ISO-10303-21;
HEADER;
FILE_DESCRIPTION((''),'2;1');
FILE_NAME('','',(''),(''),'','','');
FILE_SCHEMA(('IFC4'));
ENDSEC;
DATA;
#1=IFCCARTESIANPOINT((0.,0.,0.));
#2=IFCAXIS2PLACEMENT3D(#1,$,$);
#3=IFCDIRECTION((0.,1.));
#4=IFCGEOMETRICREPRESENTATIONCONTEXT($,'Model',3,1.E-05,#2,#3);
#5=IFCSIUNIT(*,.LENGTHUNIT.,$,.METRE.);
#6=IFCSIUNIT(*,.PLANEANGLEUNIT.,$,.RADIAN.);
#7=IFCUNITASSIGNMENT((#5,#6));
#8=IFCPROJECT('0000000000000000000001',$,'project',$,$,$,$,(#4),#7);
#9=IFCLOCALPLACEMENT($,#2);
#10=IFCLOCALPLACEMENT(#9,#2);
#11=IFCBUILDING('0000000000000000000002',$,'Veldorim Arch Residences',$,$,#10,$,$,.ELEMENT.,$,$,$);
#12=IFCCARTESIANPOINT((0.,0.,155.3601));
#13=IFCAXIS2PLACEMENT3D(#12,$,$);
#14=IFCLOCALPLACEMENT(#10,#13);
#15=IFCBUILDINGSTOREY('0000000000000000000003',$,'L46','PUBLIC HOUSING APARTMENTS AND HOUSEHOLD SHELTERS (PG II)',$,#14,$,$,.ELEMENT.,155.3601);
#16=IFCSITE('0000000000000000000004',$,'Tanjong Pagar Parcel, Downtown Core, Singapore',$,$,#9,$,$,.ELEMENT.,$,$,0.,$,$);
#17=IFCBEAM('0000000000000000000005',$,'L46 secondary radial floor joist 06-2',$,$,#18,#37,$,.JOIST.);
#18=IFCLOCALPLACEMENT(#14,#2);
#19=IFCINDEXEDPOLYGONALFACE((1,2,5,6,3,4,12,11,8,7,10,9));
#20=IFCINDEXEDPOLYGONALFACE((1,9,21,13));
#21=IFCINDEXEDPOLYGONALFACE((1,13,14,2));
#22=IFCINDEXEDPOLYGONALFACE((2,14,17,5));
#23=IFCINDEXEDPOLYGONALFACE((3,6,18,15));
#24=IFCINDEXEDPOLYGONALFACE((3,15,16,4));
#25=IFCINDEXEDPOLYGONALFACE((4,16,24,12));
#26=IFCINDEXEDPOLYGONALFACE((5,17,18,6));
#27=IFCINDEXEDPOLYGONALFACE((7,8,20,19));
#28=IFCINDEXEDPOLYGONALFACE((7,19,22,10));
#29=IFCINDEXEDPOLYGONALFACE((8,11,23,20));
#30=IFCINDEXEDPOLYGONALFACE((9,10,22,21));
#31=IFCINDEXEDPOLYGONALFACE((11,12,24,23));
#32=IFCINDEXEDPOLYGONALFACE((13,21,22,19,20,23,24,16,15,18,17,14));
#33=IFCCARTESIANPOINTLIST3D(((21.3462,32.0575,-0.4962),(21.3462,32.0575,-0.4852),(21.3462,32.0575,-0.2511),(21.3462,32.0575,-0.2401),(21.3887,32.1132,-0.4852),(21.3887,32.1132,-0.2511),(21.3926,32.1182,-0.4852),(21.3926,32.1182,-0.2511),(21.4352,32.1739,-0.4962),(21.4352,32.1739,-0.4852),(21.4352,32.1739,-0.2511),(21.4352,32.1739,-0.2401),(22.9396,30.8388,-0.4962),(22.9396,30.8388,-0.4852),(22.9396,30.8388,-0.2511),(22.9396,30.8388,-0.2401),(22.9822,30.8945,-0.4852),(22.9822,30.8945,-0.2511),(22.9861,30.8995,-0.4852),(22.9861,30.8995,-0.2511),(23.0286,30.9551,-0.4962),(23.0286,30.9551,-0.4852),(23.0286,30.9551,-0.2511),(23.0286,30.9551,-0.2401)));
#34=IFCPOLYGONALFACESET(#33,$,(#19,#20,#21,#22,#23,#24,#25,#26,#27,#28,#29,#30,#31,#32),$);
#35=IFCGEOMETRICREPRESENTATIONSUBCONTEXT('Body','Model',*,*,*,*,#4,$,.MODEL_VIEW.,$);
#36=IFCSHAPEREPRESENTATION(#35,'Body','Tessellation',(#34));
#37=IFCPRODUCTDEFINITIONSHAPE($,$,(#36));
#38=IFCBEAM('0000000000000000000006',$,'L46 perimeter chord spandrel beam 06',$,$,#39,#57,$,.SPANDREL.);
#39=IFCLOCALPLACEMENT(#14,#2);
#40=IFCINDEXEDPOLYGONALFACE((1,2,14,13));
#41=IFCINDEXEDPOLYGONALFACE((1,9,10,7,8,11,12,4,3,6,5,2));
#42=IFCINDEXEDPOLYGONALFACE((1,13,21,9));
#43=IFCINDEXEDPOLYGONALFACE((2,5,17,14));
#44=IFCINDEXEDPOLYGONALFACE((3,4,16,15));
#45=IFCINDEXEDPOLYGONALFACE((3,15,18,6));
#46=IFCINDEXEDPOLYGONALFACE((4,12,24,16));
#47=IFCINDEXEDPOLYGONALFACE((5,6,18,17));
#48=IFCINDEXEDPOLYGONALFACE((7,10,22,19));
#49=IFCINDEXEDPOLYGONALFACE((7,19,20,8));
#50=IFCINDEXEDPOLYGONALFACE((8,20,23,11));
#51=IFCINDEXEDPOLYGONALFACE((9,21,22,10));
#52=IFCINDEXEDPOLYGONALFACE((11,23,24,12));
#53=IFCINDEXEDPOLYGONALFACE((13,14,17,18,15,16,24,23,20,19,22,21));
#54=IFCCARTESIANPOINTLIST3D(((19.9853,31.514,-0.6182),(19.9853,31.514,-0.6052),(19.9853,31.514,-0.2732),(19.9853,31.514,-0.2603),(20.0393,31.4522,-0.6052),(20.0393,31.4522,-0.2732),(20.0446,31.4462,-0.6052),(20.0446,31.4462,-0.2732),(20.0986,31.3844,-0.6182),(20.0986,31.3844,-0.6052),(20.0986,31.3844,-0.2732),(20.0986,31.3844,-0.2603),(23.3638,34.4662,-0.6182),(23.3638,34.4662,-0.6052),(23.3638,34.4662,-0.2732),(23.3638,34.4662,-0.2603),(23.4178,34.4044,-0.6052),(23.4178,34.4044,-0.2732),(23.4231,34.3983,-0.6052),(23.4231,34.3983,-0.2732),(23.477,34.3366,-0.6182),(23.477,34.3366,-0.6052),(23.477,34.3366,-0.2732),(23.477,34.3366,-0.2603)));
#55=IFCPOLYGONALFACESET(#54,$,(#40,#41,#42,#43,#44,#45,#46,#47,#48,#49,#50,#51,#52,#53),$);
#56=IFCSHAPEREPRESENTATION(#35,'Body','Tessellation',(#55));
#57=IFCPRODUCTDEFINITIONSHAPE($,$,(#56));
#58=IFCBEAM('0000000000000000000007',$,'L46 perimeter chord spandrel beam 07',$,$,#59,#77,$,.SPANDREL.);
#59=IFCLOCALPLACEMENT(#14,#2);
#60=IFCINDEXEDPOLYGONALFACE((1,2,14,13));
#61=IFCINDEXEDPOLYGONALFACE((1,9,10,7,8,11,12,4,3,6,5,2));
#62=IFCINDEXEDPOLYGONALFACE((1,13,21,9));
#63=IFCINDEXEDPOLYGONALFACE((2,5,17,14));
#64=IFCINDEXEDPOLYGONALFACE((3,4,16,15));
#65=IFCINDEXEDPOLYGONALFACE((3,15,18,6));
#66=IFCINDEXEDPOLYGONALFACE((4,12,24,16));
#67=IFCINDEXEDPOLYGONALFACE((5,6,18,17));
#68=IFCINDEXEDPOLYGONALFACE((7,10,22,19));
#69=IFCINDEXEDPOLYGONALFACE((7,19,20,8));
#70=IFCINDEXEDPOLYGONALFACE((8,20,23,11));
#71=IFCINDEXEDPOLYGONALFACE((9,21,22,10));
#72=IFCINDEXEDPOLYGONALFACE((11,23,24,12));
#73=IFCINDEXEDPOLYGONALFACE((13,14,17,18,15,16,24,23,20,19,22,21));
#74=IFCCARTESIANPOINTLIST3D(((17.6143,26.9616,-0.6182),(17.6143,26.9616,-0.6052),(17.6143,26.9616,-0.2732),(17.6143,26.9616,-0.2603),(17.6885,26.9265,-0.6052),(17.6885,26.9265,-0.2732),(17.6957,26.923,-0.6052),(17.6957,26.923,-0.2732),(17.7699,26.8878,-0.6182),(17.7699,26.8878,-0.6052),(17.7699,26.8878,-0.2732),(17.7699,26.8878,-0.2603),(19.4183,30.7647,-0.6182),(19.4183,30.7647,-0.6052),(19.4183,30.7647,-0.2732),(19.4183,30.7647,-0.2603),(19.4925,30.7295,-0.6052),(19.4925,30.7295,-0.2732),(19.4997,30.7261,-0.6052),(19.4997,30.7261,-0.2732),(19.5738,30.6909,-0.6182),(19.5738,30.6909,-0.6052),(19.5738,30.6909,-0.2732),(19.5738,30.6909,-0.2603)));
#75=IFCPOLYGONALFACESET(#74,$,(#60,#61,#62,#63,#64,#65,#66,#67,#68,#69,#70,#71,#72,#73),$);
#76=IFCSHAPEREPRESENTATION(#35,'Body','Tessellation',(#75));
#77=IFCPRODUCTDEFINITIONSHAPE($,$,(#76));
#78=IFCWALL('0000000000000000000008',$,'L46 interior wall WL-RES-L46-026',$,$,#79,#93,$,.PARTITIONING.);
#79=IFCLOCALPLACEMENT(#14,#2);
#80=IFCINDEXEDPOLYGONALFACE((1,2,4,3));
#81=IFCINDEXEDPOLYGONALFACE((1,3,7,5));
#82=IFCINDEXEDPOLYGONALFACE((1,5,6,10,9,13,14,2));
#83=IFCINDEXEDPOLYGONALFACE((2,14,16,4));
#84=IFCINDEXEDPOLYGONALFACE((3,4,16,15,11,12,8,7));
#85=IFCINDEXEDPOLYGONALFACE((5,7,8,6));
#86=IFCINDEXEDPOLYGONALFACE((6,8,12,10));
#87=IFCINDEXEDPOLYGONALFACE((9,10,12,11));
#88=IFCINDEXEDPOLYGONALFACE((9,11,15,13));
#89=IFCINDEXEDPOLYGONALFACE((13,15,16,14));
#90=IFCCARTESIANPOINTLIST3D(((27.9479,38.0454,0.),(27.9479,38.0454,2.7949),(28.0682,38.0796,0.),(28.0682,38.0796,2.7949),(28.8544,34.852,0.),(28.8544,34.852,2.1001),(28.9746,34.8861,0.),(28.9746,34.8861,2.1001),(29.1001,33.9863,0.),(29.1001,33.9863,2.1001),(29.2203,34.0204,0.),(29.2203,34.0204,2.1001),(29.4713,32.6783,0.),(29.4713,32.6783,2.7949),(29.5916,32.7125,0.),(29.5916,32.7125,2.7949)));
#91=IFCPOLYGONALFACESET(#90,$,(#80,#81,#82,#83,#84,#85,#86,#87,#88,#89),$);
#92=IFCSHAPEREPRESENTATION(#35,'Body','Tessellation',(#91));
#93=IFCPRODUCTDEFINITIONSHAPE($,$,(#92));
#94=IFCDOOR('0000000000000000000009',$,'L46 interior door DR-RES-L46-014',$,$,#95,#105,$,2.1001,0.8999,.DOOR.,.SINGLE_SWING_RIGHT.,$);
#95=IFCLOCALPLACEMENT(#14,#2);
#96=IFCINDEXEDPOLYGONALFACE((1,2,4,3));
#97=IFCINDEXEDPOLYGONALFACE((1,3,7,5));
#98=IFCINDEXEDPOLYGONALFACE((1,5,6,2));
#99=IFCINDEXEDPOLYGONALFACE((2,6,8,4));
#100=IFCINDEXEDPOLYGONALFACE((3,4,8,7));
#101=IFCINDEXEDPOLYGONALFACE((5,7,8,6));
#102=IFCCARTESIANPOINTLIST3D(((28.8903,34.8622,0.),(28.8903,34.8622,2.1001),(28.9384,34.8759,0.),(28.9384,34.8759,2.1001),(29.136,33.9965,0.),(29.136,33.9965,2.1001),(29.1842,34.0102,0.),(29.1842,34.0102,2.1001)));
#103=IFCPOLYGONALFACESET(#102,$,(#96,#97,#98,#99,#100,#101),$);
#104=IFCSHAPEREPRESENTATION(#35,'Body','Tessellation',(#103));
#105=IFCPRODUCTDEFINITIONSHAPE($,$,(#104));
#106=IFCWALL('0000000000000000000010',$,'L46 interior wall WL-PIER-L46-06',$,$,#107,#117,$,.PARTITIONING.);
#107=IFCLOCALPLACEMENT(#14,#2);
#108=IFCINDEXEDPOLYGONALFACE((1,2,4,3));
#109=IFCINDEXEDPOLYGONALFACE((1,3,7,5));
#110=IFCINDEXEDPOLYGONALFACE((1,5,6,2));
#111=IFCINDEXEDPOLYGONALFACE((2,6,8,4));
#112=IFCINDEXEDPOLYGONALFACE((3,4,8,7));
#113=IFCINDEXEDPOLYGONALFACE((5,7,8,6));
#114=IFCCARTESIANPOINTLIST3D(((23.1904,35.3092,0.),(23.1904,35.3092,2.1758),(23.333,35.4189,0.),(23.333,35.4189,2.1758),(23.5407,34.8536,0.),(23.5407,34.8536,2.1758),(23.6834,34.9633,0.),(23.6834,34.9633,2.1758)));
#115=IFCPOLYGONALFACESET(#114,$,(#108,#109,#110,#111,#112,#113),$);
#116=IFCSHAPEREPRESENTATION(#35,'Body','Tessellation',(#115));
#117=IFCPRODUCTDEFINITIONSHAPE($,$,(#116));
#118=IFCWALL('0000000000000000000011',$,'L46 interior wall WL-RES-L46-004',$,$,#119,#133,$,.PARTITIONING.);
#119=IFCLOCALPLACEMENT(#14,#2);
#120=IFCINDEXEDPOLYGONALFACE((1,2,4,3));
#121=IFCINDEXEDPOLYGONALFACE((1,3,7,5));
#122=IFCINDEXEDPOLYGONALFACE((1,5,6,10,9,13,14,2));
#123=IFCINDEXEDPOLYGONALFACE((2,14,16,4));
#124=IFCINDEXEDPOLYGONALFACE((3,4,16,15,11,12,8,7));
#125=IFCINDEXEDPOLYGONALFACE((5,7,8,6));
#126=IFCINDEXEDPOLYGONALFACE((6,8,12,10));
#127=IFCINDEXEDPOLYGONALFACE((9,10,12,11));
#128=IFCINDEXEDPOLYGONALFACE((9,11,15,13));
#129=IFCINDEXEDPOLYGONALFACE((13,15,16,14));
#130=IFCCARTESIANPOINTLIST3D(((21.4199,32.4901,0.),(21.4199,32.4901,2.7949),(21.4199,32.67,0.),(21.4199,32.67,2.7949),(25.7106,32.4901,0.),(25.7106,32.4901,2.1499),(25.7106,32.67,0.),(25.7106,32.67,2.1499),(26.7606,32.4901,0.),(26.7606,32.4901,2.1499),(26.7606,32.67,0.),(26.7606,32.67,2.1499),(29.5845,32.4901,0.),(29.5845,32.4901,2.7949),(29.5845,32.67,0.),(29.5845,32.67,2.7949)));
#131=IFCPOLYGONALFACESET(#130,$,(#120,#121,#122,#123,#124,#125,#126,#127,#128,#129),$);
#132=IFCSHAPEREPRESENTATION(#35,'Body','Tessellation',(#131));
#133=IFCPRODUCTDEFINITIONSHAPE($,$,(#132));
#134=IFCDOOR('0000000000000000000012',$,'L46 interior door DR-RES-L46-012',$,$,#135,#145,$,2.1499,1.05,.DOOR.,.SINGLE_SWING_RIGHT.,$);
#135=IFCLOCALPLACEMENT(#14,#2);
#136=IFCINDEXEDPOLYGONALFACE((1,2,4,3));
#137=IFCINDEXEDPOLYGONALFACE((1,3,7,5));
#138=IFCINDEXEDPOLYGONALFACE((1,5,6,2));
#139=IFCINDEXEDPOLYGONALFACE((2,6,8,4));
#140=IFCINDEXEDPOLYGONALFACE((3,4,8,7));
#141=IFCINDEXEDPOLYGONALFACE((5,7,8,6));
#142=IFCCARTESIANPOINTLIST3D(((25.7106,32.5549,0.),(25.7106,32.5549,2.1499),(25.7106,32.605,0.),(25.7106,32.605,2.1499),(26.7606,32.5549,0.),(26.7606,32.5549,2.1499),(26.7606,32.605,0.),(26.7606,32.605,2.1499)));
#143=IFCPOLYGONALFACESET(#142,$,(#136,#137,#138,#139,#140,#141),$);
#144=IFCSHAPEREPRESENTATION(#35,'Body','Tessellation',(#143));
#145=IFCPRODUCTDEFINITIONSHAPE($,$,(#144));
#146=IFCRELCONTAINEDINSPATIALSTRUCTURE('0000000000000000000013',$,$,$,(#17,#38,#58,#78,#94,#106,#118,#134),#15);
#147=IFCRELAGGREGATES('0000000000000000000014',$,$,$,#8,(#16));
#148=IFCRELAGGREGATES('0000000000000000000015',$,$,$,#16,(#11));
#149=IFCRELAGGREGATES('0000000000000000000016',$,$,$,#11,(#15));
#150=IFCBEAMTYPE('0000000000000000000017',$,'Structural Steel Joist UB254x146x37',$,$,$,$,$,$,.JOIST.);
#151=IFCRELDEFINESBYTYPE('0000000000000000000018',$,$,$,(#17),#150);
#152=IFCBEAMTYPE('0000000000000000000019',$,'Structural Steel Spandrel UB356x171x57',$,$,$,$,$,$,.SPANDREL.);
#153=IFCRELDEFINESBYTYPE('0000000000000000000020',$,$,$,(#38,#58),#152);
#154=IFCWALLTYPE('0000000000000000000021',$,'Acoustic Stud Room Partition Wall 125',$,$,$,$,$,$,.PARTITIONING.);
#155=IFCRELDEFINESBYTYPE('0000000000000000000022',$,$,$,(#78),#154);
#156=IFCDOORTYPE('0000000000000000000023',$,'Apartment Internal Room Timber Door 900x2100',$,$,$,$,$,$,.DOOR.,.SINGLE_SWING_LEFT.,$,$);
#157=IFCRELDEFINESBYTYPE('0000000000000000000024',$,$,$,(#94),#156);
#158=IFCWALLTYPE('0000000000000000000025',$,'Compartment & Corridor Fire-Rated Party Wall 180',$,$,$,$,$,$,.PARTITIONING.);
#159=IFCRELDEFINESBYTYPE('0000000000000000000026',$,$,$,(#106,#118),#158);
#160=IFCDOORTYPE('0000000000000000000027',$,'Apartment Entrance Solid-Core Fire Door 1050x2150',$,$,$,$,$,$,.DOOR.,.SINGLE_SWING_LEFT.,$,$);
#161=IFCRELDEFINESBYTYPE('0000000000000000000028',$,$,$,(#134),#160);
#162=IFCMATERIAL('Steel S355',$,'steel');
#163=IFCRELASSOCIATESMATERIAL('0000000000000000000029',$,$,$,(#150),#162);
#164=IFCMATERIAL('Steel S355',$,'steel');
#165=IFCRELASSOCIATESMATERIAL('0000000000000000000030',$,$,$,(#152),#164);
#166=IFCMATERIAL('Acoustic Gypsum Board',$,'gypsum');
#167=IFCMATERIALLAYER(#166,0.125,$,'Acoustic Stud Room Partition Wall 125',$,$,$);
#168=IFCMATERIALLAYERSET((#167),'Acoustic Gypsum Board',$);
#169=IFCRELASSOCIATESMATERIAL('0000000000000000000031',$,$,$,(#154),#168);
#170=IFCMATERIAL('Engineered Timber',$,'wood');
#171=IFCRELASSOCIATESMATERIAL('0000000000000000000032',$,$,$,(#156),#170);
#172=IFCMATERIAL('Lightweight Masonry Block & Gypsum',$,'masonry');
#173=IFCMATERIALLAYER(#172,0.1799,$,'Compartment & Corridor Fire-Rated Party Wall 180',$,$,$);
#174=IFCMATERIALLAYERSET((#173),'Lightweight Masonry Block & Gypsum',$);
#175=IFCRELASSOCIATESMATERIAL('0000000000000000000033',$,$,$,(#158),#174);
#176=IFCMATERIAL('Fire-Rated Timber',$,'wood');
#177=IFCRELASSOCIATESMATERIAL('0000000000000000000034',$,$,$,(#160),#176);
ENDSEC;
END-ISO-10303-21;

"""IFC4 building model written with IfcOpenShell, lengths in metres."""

from ifc_helpers import new_model, si_unit, direction, frame, frame_2d, origin, origin_2d, place, context, subcontext, project, spatial, rectangle, i_section, extrude, material, layer, layer_set, material_profile, profile_set, type_object, element, fill, save


model = new_model("IFC4")

# Units and contexts
model_context = context("Model", 3, precision=1e-05, world=origin(), true_north=direction((0.0, 1.0)))
body_context = subcontext(model_context, "Body", "Model", "MODEL_VIEW")
ifc_project = project(units=[si_unit("LENGTHUNIT", "METRE"), si_unit("PLANEANGLEUNIT", "RADIAN")], contexts=[model_context])

# Site, building, storey
site_placement = place(None, origin())
site = spatial("IfcSite", under=ifc_project, at=site_placement, Name="Tanjong Pagar Parcel, Downtown Core, Singapore", CompositionType="ELEMENT", RefElevation=0.0)
building_placement = place(site_placement, origin())
building = spatial("IfcBuilding", under=site, at=building_placement, Name="Veldorim Arch Residences", CompositionType="ELEMENT")
storey_placement = place(building_placement, frame((0.0, 0.0, 155.3601)))
storey = spatial("IfcBuildingStorey", under=building, at=storey_placement, Name="L46", Description="PUBLIC HOUSING APARTMENTS AND HOUSEHOLD SHELTERS (PG II)", CompositionType="ELEMENT", Elevation=155.3601)

# Beams
ifc_material_1 = material(Name="Steel S355", Category="steel")
ifc_material_profile_1 = material_profile(ifc_material_1, i_section(OverallWidth=0.1465, OverallDepth=0.2561, WebThickness=0.0063, FlangeThickness=0.011, at=origin_2d()), Name="UB254x146x37")
ifc_profile_set_1 = profile_set([ifc_material_profile_1], Name="Steel S355")
beam_type_1 = type_object("IfcBeamType", Name="Structural Steel Joist UB254x146x37", PredefinedType="JOIST", material=ifc_profile_set_1)
beam_1_placement = place(storey_placement, frame((22.9841, 30.897, -0.3682), z_axis=(-0.794313, 0.607509, 0.0), x_axis=(-0.607509, -0.794313, 0.0)))
element("IfcBeam", 1, at=beam_1_placement, inside=storey, type_object=beam_type_1, Name="L46 secondary radial floor joist 06-2", PredefinedType="JOIST", context=body_context, shape_type="SweptSolid", body=[
    extrude(i_section(OverallWidth=0.1465, OverallDepth=0.2561, WebThickness=0.0063, FlangeThickness=0.011, at=origin_2d()), origin(), (0.0, 0.0, 1.0), 2.0061),
])
ifc_material_2 = material(Name="Steel S355", Category="steel")
ifc_material_profile_2 = material_profile(ifc_material_2, i_section(OverallWidth=0.1721, OverallDepth=0.3579, WebThickness=0.0081, FlangeThickness=0.0129, at=origin_2d()), Name="UB356x171x57")
ifc_profile_set_2 = profile_set([ifc_material_profile_2], Name="Steel S355")
beam_type_2 = type_object("IfcBeamType", Name="Structural Steel Spandrel UB356x171x57", PredefinedType="SPANDREL", material=ifc_profile_set_2)
beam_2_placement = place(storey_placement, frame((23.4204, 34.4014, -0.4392), z_axis=(-0.753015, -0.658004, 0.0), x_axis=(0.658004, -0.753015, 0.0)))
element("IfcBeam", 2, at=beam_2_placement, inside=storey, type_object=beam_type_2, Name="L46 perimeter chord spandrel beam 06", PredefinedType="SPANDREL", context=body_context, shape_type="SweptSolid", body=[
    extrude(i_section(OverallWidth=0.1721, OverallDepth=0.3579, WebThickness=0.0081, FlangeThickness=0.0129, at=origin_2d()), origin(), (0.0, 0.0, 1.0), 4.4866),
])
beam_3_placement = place(storey_placement, frame((19.4961, 30.7278, -0.4392), z_axis=(-0.42858, -0.903504, 0.0), x_axis=(0.903504, -0.42858, 0.0)))
element("IfcBeam", 3, at=beam_3_placement, inside=storey, type_object=beam_type_2, Name="L46 perimeter chord spandrel beam 07", PredefinedType="SPANDREL", context=body_context, shape_type="SweptSolid", body=[
    extrude(i_section(OverallWidth=0.1721, OverallDepth=0.3579, WebThickness=0.0081, FlangeThickness=0.0129, at=origin_2d()), origin(), (0.0, 0.0, 1.0), 4.2092),
])

# Wall, opening, door
ifc_material_3 = material(Name="Acoustic Gypsum Board", Category="gypsum")
ifc_layer_1 = layer(ifc_material_3, 0.125, Name="Acoustic Stud Room Partition Wall 125")
ifc_layer_set_1 = layer_set([ifc_layer_1], Name="Acoustic Gypsum Board")
wall_type_1 = type_object("IfcWallType", Name="Acoustic Stud Room Partition Wall 125", PredefinedType="PARTITIONING", material=ifc_layer_set_1)
wall_1_placement = place(storey_placement, frame((28.0081, 38.0625, 0.0), z_axis=(0.0, 0.0, 1.0), x_axis=(0.273056, -0.961998, 0.0)))
wall_1 = element("IfcWall", 4, at=wall_1_placement, inside=storey, type_object=wall_type_1, Name="L46 interior wall WL-RES-L46-026", PredefinedType="PARTITIONING", context=body_context, shape_type="SweptSolid", body=[
    extrude(rectangle(XDim=5.5791, YDim=0.125, at=frame_2d((2.7896, 0.0))), origin(), (0.0, 0.0, 1.0), 2.7949),
])
opening_1_placement = place(wall_1_placement, frame((3.3196, 0.0, 0.0)))
opening_1 = element("IfcOpeningElement", 5, at=opening_1_placement, cuts=wall_1, PredefinedType="OPENING", context=body_context, shape_type="SweptSolid", body=[
    extrude(rectangle(XDim=0.8999, YDim=2.1001, at=frame_2d((0.45, 1.05))), frame((0.0, 0.0725, 0.0), z_axis=(0.0, -1.0, 0.0), x_axis=(1.0, 0.0, 0.0)), (0.0, 0.0, 1.0), 0.145),
])
ifc_material_4 = material(Name="Engineered Timber", Category="wood")
door_type_1 = type_object("IfcDoorType", Name="Apartment Internal Room Timber Door 900x2100", OperationType="SINGLE_SWING_LEFT", PredefinedType="DOOR", material=ifc_material_4)
door_1_placement = place(opening_1_placement, origin())
door_1 = element("IfcDoor", 6, at=door_1_placement, inside=storey, type_object=door_type_1, Name="L46 interior door DR-RES-L46-014", OperationType="SINGLE_SWING_RIGHT", OverallHeight=2.1001, OverallWidth=0.8999, PredefinedType="DOOR", context=body_context, shape_type="SweptSolid", body=[
    extrude(rectangle(XDim=0.8999, YDim=2.1001, at=frame_2d((0.45, 1.05))), frame((0.0, 0.0249, 0.0), z_axis=(0.0, -1.0, 0.0), x_axis=(1.0, 0.0, 0.0)), (0.0, 0.0, 1.0), 0.05),
])
fill(opening_1, door_1)

# Wall
ifc_material_5 = material(Name="Lightweight Masonry Block & Gypsum", Category="masonry")
ifc_layer_2 = layer(ifc_material_5, 0.1799, Name="Compartment & Corridor Fire-Rated Party Wall 180")
ifc_layer_set_2 = layer_set([ifc_layer_2], Name="Lightweight Masonry Block & Gypsum")
wall_type_2 = type_object("IfcWallType", Name="Compartment & Corridor Fire-Rated Party Wall 180", PredefinedType="PARTITIONING", material=ifc_layer_set_2)
wall_2_placement = place(storey_placement, frame((23.6121, 34.9084, 0.0), z_axis=(0.0, 0.0, 1.0), x_axis=(-0.609608, 0.792703, 0.0)))
element("IfcWall", 7, at=wall_2_placement, inside=storey, type_object=wall_type_2, Name="L46 interior wall WL-PIER-L46-06", PredefinedType="PARTITIONING", context=body_context, shape_type="SweptSolid", body=[
    extrude(rectangle(XDim=0.5747, YDim=0.1799, at=frame_2d((0.2874, 0.0))), origin(), (0.0, 0.0, 1.0), 2.1758),
])

# Wall, opening, door
wall_3_placement = place(storey_placement, frame((21.4199, 32.5801, 0.0), z_axis=(0.0, 0.0, 1.0), x_axis=(1.0, 0.0, 0.0)))
wall_3 = element("IfcWall", 8, at=wall_3_placement, inside=storey, type_object=wall_type_2, Name="L46 interior wall WL-RES-L46-004", PredefinedType="PARTITIONING", context=body_context, shape_type="SweptSolid", body=[
    extrude(rectangle(XDim=8.1646, YDim=0.1799, at=frame_2d((4.0823, 0.0))), origin(), (0.0, 0.0, 1.0), 2.7949),
])
opening_2_placement = place(wall_3_placement, frame((4.2908, 0.0, 0.0)))
opening_2 = element("IfcOpeningElement", 9, at=opening_2_placement, cuts=wall_3, PredefinedType="OPENING", context=body_context, shape_type="SweptSolid", body=[
    extrude(rectangle(XDim=1.05, YDim=2.1499, at=frame_2d((0.5249, 1.075))), frame((0.0, 0.0999, 0.0), z_axis=(0.0, -1.0, 0.0), x_axis=(1.0, 0.0, 0.0)), (0.0, 0.0, 1.0), 0.2),
])
ifc_material_6 = material(Name="Fire-Rated Timber", Category="wood")
door_type_2 = type_object("IfcDoorType", Name="Apartment Entrance Solid-Core Fire Door 1050x2150", OperationType="SINGLE_SWING_LEFT", PredefinedType="DOOR", material=ifc_material_6)
door_2_placement = place(opening_2_placement, origin())
door_2 = element("IfcDoor", 10, at=door_2_placement, inside=storey, type_object=door_type_2, Name="L46 interior door DR-RES-L46-012", OperationType="SINGLE_SWING_RIGHT", OverallHeight=2.1499, OverallWidth=1.05, PredefinedType="DOOR", context=body_context, shape_type="SweptSolid", body=[
    extrude(rectangle(XDim=1.05, YDim=2.1499, at=frame_2d((0.5249, 1.075))), frame((0.0, 0.0249, 0.0), z_axis=(0.0, -1.0, 0.0), x_axis=(1.0, 0.0, 0.0)), (0.0, 0.0, 1.0), 0.05),
])
fill(opening_2, door_2)

save(model, "model.ifc")
